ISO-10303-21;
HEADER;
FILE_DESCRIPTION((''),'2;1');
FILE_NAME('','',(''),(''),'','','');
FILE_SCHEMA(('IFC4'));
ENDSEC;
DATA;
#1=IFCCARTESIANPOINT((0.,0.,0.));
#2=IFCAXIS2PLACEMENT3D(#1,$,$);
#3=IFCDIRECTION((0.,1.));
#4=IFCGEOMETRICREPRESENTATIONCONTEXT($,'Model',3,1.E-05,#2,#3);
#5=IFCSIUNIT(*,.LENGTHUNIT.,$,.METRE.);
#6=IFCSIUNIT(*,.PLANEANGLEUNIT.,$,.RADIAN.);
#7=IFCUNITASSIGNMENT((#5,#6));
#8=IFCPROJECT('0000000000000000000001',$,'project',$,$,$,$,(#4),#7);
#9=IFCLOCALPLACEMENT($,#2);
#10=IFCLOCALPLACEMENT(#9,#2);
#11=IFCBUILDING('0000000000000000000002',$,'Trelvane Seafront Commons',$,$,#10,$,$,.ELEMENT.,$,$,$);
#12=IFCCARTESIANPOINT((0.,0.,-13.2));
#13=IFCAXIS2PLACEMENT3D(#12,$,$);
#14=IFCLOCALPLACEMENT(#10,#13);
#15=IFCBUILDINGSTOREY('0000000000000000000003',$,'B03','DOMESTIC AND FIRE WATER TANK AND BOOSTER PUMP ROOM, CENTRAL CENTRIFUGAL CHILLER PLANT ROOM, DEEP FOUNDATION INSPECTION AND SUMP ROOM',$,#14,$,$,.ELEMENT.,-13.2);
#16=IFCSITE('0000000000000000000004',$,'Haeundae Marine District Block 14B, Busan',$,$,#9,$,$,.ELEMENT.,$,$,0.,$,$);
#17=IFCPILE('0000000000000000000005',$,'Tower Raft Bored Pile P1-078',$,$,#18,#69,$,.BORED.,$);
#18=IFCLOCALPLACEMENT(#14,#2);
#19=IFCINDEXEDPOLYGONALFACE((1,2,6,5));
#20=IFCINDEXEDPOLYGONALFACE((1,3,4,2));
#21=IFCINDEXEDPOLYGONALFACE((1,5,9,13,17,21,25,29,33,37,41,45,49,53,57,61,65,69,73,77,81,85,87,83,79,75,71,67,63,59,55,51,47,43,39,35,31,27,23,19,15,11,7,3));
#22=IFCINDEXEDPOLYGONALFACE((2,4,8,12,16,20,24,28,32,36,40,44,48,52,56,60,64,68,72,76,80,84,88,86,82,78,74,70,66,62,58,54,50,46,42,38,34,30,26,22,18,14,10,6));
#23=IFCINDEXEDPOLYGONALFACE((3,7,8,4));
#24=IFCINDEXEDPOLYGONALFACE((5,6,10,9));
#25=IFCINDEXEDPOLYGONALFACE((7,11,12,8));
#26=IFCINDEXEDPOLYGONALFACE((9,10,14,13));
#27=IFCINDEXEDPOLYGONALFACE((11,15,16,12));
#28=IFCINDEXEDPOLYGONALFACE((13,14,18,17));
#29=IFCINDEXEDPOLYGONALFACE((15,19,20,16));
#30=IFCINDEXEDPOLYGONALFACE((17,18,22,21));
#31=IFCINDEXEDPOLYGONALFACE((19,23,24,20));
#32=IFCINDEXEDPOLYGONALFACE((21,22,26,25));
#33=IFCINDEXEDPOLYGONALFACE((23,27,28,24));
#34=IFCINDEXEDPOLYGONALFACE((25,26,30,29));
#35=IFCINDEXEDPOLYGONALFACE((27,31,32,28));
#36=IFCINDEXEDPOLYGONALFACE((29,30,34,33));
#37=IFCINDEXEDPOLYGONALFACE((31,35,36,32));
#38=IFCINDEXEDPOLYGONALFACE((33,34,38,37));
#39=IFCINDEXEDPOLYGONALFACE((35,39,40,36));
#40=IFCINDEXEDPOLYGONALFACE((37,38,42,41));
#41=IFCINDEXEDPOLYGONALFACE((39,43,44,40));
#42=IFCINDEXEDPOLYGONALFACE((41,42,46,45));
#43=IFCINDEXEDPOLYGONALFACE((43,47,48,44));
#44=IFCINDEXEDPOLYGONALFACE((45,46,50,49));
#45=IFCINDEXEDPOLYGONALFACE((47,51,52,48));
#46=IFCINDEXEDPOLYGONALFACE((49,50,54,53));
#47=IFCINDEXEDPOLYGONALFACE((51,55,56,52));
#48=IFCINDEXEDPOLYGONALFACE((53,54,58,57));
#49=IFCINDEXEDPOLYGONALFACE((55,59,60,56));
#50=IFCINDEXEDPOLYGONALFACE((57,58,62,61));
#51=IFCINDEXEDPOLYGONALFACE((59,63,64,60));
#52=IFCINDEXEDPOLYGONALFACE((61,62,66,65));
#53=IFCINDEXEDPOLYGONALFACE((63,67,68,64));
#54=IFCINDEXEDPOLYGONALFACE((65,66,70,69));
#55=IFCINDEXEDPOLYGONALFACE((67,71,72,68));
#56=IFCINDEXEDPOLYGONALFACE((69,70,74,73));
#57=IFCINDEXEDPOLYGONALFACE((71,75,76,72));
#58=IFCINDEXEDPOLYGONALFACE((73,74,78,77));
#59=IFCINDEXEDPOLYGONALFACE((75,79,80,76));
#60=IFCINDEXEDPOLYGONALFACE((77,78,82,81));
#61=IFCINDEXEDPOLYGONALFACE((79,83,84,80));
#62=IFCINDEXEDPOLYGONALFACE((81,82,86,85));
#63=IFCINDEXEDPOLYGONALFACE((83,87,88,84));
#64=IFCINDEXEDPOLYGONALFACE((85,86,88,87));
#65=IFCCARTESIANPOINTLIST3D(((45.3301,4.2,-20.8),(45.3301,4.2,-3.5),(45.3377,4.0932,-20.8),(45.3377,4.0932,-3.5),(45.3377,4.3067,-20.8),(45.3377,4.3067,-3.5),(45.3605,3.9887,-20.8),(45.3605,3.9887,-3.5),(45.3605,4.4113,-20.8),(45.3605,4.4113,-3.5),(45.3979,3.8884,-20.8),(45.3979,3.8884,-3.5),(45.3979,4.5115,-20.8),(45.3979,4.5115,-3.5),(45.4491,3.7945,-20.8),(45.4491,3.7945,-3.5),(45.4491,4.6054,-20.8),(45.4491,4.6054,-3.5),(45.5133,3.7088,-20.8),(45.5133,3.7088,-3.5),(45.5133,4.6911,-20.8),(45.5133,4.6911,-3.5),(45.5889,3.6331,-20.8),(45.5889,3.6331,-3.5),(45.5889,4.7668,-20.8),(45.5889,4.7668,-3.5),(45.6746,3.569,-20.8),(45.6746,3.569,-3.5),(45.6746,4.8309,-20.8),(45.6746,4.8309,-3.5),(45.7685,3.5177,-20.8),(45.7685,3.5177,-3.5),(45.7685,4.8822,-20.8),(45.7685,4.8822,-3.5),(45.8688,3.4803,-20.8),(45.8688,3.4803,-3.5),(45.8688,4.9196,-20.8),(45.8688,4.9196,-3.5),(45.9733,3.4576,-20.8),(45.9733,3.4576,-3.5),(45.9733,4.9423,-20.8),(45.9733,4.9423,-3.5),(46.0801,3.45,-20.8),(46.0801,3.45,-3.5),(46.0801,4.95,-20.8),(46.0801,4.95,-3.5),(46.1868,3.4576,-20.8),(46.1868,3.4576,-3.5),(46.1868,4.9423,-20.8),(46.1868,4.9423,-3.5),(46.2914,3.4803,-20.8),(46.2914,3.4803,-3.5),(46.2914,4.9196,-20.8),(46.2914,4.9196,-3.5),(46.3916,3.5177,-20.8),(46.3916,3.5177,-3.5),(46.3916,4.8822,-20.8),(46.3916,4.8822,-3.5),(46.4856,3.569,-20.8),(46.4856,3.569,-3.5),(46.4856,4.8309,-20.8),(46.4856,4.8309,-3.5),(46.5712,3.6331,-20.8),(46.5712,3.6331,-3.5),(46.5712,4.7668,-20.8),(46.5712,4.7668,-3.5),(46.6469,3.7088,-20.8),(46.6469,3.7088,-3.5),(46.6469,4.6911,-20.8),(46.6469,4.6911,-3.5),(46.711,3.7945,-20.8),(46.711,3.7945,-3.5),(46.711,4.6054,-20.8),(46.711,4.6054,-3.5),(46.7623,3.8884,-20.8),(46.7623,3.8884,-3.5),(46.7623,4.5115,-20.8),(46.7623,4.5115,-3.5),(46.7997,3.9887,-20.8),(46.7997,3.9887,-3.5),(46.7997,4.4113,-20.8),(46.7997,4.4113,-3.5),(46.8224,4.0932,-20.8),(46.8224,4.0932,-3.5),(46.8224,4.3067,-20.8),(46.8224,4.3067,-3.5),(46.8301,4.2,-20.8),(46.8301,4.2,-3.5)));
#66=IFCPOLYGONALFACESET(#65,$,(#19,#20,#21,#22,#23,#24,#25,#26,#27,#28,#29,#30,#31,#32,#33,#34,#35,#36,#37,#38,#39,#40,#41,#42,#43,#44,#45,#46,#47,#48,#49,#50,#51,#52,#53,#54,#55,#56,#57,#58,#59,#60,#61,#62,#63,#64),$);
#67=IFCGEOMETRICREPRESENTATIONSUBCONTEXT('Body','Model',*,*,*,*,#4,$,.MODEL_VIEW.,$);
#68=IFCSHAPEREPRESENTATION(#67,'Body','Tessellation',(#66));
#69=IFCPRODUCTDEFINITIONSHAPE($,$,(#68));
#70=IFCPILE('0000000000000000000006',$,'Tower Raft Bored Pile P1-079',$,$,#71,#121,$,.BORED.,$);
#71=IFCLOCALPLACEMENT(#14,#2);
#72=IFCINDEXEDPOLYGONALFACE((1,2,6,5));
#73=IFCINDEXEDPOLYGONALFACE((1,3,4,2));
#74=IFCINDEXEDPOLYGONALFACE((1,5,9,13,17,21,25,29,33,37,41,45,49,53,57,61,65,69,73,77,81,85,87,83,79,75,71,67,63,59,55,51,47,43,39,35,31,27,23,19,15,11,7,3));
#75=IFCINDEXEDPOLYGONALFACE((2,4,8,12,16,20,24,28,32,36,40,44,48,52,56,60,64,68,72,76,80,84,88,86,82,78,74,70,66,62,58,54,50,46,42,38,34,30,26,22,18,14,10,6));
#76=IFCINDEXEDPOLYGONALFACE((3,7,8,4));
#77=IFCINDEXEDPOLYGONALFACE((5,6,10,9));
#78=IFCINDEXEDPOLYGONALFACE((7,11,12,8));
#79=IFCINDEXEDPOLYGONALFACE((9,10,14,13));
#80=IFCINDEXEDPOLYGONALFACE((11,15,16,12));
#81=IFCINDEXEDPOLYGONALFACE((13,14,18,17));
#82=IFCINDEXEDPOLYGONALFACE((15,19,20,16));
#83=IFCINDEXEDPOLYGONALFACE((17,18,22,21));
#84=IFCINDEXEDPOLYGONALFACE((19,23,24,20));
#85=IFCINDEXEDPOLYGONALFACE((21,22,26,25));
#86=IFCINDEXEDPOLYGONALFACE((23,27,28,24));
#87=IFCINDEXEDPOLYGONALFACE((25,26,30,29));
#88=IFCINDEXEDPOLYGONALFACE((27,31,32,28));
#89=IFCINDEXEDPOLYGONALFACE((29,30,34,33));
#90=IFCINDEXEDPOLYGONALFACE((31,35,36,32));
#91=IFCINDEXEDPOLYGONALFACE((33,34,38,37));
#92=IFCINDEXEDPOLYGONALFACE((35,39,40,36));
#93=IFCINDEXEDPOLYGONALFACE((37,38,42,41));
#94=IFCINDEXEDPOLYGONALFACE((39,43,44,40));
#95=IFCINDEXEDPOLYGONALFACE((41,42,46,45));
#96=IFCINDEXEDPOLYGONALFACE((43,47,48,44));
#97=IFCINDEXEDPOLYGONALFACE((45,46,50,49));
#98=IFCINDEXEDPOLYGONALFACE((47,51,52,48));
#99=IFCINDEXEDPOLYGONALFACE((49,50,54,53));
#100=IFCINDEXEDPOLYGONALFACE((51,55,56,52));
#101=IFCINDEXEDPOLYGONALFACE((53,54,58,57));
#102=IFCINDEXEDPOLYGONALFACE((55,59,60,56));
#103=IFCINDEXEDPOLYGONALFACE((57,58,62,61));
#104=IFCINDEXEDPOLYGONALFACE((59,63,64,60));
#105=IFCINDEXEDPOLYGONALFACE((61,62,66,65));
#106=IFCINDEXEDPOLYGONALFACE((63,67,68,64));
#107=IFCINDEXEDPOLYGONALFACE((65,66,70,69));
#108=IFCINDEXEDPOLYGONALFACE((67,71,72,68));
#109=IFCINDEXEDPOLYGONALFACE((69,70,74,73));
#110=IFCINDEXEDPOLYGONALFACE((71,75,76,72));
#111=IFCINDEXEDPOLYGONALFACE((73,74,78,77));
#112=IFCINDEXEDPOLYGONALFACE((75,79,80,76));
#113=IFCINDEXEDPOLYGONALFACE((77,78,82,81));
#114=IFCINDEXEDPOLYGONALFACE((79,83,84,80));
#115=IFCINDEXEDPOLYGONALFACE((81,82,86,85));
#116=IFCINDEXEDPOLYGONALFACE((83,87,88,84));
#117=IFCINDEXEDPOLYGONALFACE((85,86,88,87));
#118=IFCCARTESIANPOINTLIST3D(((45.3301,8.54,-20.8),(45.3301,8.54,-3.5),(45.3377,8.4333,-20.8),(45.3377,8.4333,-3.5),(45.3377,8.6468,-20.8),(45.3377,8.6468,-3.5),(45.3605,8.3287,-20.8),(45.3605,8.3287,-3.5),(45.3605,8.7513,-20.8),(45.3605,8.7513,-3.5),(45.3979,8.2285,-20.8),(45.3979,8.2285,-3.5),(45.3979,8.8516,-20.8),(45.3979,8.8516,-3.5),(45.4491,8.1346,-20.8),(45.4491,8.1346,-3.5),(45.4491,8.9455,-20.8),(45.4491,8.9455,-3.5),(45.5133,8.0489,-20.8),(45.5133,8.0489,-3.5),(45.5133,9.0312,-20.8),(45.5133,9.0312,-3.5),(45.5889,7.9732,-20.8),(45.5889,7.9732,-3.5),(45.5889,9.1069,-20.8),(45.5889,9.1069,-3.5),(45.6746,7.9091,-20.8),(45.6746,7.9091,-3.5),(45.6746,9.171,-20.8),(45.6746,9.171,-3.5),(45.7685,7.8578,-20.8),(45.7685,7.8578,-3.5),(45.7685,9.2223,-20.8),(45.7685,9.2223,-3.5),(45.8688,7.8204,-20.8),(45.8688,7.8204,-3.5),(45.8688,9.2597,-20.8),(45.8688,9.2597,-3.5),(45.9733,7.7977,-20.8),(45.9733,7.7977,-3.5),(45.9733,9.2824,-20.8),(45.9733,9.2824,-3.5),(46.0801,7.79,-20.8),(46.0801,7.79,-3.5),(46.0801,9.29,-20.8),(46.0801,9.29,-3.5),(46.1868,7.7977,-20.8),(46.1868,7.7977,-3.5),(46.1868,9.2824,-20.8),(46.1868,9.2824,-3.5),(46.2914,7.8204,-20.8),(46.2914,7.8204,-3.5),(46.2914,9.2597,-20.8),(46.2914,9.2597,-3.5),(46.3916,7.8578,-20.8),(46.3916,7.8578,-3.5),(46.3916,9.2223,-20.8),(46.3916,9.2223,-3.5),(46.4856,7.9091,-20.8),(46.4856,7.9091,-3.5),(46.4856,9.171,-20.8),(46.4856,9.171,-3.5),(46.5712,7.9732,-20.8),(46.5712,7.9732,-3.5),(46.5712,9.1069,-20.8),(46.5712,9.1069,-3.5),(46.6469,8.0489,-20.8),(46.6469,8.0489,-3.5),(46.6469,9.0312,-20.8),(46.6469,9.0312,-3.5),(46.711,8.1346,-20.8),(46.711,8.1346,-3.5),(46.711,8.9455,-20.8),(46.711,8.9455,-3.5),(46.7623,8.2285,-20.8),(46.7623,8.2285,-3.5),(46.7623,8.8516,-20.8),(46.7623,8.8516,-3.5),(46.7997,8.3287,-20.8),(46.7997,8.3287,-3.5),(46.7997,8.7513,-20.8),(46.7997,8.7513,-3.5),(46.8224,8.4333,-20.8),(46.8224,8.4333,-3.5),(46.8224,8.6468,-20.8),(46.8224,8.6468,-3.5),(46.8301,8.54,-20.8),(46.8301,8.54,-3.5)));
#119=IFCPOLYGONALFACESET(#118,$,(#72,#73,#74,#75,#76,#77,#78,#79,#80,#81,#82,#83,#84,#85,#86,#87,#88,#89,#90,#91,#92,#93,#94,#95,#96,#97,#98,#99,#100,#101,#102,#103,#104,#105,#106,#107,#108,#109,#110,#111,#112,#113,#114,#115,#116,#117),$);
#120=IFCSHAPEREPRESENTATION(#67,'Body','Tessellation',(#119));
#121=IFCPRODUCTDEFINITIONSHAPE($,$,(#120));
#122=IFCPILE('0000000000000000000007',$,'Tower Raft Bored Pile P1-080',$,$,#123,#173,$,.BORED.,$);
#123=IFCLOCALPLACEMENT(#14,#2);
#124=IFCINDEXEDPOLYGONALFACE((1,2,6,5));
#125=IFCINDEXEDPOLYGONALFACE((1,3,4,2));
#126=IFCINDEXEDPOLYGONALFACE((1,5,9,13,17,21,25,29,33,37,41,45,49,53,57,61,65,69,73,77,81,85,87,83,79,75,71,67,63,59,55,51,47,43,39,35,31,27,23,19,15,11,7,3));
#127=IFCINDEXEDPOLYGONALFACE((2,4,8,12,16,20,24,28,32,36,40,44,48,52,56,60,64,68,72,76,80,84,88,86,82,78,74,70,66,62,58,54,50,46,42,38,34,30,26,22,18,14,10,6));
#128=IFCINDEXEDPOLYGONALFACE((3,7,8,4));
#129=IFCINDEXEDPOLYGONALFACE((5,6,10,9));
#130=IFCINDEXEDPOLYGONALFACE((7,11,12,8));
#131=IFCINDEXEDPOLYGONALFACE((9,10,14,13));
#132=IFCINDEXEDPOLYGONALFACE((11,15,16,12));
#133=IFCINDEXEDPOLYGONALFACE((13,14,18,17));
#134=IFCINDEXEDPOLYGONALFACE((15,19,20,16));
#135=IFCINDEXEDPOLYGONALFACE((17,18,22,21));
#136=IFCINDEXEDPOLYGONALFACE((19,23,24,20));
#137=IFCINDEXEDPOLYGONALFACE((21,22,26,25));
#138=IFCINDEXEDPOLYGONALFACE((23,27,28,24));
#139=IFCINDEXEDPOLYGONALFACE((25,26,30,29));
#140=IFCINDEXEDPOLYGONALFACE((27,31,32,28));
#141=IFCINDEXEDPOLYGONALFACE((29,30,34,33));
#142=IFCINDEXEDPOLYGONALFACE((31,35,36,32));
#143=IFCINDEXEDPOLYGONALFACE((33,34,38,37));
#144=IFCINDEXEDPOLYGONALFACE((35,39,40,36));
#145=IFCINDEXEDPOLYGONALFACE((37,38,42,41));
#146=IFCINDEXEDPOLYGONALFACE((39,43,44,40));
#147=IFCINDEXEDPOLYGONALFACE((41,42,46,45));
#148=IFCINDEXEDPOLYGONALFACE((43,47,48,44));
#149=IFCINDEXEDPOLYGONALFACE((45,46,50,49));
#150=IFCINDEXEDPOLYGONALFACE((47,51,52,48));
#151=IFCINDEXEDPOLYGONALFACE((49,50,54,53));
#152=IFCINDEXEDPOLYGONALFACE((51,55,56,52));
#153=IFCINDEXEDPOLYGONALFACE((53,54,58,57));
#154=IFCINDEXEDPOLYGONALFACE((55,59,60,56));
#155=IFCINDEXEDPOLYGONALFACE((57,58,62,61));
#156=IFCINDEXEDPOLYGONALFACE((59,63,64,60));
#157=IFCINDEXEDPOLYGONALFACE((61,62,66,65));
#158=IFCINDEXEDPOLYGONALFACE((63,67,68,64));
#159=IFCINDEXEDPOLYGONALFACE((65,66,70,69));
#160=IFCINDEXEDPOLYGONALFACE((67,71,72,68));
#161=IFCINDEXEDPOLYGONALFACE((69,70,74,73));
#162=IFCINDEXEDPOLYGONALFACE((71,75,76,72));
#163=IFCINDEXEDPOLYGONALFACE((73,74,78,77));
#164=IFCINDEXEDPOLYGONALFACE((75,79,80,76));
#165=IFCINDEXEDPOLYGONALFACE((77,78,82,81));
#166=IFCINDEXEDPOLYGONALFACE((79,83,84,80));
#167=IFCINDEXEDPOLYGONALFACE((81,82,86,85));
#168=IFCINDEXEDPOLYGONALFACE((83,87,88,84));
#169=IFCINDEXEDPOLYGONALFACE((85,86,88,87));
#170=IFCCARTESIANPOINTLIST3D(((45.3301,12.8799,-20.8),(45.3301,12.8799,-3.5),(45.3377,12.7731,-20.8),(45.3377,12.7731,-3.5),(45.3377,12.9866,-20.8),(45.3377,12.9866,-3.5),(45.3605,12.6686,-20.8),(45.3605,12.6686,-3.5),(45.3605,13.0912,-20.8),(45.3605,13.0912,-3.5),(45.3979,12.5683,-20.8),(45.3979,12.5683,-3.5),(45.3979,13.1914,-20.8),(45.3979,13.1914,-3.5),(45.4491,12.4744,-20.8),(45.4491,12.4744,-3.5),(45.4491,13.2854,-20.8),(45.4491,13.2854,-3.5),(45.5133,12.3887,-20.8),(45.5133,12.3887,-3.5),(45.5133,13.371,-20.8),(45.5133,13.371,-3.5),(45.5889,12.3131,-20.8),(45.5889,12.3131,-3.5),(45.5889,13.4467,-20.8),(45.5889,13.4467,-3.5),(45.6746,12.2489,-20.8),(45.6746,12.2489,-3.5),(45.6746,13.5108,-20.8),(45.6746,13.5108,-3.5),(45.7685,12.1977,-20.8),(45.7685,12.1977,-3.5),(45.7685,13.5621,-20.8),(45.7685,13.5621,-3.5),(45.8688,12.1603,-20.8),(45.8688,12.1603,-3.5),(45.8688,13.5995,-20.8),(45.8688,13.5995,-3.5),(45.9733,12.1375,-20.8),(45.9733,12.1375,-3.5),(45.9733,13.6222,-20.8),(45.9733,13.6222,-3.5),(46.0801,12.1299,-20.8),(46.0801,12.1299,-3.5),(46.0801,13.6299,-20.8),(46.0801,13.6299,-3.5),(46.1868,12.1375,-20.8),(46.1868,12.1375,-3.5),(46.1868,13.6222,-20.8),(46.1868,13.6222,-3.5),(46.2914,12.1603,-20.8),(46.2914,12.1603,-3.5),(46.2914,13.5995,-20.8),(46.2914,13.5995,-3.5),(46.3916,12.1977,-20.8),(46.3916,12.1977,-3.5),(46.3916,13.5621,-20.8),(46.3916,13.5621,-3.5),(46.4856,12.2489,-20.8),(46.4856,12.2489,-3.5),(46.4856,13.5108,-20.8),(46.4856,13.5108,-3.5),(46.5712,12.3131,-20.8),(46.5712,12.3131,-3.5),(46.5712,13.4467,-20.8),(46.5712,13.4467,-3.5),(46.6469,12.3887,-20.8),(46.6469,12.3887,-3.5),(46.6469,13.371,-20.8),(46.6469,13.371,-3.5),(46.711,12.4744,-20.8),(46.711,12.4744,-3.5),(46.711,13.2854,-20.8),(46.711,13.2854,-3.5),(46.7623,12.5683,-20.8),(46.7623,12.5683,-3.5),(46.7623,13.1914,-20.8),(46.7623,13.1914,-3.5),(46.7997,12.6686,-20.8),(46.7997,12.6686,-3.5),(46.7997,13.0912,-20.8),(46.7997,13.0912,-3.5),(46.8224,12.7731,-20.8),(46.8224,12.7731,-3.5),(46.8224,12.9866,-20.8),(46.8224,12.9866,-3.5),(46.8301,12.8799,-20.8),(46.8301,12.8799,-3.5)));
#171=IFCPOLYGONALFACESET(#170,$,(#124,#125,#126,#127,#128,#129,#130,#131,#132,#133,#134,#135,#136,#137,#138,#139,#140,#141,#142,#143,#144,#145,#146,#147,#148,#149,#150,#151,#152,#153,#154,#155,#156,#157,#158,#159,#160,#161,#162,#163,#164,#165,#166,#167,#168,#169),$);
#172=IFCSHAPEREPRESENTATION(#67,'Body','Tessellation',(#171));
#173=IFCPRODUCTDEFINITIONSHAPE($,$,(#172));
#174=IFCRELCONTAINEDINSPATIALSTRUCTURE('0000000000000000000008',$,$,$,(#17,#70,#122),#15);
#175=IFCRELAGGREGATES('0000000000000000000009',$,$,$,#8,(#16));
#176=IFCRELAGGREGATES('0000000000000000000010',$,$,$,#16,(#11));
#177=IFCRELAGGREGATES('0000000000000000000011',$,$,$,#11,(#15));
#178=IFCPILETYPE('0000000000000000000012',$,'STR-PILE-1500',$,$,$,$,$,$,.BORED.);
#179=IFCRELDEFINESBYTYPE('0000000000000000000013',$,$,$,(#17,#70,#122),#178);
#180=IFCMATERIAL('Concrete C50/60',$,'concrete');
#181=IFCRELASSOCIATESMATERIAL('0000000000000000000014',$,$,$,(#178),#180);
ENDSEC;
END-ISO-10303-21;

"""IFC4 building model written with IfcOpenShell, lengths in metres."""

from ifc_helpers import new_model, si_unit, direction, frame, origin, origin_2d, place, context, subcontext, project, spatial, circle, extrude, source, transform, mapped, material, material_profile, profile_set, type_object, element, save


model = new_model("IFC4")

# Units and contexts
model_context = context("Model", 3, precision=1e-05, world=origin(), true_north=direction((0.0, 1.0)))
body_context = subcontext(model_context, "Body", "Model", "MODEL_VIEW")
ifc_project = project(units=[si_unit("LENGTHUNIT", "METRE"), si_unit("PLANEANGLEUNIT", "RADIAN")], contexts=[model_context])

# Site, building, storey
site_placement = place(None, origin())
site = spatial("IfcSite", under=ifc_project, at=site_placement, Name="Haeundae Marine District Block 14B, Busan", CompositionType="ELEMENT", RefElevation=0.0)
building_placement = place(site_placement, origin())
building = spatial("IfcBuilding", under=site, at=building_placement, Name="Trelvane Seafront Commons", CompositionType="ELEMENT")
storey_placement = place(building_placement, frame((0.0, 0.0, -13.2)))
storey = spatial("IfcBuildingStorey", under=building, at=storey_placement, Name="B03", Description="DOMESTIC AND FIRE WATER TANK AND BOOSTER PUMP ROOM, CENTRAL CENTRIFUGAL CHILLER PLANT ROOM, DEEP FOUNDATION INSPECTION AND SUMP ROOM", CompositionType="ELEMENT", Elevation=-13.2)

# Piles
ifc_material_1 = material(Name="Concrete C50/60", Category="concrete")
ifc_material_profile_1 = material_profile(ifc_material_1, circle(Radius=0.75, at=origin_2d()), Name="PILE-1500")
ifc_profile_set_1 = profile_set([ifc_material_profile_1], Name="Concrete C50/60")
pile_type = type_object("IfcPileType", Name="STR-PILE-1500", PredefinedType="BORED", material=ifc_profile_set_1)
shared_shape_1 = source(origin(), body_context, "Body", "SweptSolid", [
    extrude(circle(Radius=0.75, at=origin_2d()), origin(), (0.0, 0.0, 1.0), 17.3),
])
for number, where, z_axis, x_axis, name in (
    (1, (46.0801, 4.2, -3.5), (0.0, 0.0, -1.0), (1.0, 0.0, 0.0), "Tower Raft Bored Pile P1-078"),
    (2, (46.0801, 8.54, -3.5), (0.0, 0.0, -1.0), (1.0, 0.0, 0.0), "Tower Raft Bored Pile P1-079"),
    (3, (46.0801, 12.8799, -3.5), (0.0, 0.0, -1.0), (1.0, 0.0, 0.0), "Tower Raft Bored Pile P1-080"),
):
    element("IfcPile", number, at=place(storey_placement, frame(where, z_axis=z_axis, x_axis=x_axis)), inside=storey, type_object=pile_type, Name=name, PredefinedType="BORED", context=body_context, shape_type="MappedRepresentation", body=[
        mapped(shared_shape_1, transform((0.0, 0.0, 0.0), x_axis=(1.0, 0.0, 0.0), y_axis=(0.0, 1.0, 0.0), z_axis=(0.0, 0.0, 1.0), scale=1.0)),
    ])

save(model, "model.ifc")
